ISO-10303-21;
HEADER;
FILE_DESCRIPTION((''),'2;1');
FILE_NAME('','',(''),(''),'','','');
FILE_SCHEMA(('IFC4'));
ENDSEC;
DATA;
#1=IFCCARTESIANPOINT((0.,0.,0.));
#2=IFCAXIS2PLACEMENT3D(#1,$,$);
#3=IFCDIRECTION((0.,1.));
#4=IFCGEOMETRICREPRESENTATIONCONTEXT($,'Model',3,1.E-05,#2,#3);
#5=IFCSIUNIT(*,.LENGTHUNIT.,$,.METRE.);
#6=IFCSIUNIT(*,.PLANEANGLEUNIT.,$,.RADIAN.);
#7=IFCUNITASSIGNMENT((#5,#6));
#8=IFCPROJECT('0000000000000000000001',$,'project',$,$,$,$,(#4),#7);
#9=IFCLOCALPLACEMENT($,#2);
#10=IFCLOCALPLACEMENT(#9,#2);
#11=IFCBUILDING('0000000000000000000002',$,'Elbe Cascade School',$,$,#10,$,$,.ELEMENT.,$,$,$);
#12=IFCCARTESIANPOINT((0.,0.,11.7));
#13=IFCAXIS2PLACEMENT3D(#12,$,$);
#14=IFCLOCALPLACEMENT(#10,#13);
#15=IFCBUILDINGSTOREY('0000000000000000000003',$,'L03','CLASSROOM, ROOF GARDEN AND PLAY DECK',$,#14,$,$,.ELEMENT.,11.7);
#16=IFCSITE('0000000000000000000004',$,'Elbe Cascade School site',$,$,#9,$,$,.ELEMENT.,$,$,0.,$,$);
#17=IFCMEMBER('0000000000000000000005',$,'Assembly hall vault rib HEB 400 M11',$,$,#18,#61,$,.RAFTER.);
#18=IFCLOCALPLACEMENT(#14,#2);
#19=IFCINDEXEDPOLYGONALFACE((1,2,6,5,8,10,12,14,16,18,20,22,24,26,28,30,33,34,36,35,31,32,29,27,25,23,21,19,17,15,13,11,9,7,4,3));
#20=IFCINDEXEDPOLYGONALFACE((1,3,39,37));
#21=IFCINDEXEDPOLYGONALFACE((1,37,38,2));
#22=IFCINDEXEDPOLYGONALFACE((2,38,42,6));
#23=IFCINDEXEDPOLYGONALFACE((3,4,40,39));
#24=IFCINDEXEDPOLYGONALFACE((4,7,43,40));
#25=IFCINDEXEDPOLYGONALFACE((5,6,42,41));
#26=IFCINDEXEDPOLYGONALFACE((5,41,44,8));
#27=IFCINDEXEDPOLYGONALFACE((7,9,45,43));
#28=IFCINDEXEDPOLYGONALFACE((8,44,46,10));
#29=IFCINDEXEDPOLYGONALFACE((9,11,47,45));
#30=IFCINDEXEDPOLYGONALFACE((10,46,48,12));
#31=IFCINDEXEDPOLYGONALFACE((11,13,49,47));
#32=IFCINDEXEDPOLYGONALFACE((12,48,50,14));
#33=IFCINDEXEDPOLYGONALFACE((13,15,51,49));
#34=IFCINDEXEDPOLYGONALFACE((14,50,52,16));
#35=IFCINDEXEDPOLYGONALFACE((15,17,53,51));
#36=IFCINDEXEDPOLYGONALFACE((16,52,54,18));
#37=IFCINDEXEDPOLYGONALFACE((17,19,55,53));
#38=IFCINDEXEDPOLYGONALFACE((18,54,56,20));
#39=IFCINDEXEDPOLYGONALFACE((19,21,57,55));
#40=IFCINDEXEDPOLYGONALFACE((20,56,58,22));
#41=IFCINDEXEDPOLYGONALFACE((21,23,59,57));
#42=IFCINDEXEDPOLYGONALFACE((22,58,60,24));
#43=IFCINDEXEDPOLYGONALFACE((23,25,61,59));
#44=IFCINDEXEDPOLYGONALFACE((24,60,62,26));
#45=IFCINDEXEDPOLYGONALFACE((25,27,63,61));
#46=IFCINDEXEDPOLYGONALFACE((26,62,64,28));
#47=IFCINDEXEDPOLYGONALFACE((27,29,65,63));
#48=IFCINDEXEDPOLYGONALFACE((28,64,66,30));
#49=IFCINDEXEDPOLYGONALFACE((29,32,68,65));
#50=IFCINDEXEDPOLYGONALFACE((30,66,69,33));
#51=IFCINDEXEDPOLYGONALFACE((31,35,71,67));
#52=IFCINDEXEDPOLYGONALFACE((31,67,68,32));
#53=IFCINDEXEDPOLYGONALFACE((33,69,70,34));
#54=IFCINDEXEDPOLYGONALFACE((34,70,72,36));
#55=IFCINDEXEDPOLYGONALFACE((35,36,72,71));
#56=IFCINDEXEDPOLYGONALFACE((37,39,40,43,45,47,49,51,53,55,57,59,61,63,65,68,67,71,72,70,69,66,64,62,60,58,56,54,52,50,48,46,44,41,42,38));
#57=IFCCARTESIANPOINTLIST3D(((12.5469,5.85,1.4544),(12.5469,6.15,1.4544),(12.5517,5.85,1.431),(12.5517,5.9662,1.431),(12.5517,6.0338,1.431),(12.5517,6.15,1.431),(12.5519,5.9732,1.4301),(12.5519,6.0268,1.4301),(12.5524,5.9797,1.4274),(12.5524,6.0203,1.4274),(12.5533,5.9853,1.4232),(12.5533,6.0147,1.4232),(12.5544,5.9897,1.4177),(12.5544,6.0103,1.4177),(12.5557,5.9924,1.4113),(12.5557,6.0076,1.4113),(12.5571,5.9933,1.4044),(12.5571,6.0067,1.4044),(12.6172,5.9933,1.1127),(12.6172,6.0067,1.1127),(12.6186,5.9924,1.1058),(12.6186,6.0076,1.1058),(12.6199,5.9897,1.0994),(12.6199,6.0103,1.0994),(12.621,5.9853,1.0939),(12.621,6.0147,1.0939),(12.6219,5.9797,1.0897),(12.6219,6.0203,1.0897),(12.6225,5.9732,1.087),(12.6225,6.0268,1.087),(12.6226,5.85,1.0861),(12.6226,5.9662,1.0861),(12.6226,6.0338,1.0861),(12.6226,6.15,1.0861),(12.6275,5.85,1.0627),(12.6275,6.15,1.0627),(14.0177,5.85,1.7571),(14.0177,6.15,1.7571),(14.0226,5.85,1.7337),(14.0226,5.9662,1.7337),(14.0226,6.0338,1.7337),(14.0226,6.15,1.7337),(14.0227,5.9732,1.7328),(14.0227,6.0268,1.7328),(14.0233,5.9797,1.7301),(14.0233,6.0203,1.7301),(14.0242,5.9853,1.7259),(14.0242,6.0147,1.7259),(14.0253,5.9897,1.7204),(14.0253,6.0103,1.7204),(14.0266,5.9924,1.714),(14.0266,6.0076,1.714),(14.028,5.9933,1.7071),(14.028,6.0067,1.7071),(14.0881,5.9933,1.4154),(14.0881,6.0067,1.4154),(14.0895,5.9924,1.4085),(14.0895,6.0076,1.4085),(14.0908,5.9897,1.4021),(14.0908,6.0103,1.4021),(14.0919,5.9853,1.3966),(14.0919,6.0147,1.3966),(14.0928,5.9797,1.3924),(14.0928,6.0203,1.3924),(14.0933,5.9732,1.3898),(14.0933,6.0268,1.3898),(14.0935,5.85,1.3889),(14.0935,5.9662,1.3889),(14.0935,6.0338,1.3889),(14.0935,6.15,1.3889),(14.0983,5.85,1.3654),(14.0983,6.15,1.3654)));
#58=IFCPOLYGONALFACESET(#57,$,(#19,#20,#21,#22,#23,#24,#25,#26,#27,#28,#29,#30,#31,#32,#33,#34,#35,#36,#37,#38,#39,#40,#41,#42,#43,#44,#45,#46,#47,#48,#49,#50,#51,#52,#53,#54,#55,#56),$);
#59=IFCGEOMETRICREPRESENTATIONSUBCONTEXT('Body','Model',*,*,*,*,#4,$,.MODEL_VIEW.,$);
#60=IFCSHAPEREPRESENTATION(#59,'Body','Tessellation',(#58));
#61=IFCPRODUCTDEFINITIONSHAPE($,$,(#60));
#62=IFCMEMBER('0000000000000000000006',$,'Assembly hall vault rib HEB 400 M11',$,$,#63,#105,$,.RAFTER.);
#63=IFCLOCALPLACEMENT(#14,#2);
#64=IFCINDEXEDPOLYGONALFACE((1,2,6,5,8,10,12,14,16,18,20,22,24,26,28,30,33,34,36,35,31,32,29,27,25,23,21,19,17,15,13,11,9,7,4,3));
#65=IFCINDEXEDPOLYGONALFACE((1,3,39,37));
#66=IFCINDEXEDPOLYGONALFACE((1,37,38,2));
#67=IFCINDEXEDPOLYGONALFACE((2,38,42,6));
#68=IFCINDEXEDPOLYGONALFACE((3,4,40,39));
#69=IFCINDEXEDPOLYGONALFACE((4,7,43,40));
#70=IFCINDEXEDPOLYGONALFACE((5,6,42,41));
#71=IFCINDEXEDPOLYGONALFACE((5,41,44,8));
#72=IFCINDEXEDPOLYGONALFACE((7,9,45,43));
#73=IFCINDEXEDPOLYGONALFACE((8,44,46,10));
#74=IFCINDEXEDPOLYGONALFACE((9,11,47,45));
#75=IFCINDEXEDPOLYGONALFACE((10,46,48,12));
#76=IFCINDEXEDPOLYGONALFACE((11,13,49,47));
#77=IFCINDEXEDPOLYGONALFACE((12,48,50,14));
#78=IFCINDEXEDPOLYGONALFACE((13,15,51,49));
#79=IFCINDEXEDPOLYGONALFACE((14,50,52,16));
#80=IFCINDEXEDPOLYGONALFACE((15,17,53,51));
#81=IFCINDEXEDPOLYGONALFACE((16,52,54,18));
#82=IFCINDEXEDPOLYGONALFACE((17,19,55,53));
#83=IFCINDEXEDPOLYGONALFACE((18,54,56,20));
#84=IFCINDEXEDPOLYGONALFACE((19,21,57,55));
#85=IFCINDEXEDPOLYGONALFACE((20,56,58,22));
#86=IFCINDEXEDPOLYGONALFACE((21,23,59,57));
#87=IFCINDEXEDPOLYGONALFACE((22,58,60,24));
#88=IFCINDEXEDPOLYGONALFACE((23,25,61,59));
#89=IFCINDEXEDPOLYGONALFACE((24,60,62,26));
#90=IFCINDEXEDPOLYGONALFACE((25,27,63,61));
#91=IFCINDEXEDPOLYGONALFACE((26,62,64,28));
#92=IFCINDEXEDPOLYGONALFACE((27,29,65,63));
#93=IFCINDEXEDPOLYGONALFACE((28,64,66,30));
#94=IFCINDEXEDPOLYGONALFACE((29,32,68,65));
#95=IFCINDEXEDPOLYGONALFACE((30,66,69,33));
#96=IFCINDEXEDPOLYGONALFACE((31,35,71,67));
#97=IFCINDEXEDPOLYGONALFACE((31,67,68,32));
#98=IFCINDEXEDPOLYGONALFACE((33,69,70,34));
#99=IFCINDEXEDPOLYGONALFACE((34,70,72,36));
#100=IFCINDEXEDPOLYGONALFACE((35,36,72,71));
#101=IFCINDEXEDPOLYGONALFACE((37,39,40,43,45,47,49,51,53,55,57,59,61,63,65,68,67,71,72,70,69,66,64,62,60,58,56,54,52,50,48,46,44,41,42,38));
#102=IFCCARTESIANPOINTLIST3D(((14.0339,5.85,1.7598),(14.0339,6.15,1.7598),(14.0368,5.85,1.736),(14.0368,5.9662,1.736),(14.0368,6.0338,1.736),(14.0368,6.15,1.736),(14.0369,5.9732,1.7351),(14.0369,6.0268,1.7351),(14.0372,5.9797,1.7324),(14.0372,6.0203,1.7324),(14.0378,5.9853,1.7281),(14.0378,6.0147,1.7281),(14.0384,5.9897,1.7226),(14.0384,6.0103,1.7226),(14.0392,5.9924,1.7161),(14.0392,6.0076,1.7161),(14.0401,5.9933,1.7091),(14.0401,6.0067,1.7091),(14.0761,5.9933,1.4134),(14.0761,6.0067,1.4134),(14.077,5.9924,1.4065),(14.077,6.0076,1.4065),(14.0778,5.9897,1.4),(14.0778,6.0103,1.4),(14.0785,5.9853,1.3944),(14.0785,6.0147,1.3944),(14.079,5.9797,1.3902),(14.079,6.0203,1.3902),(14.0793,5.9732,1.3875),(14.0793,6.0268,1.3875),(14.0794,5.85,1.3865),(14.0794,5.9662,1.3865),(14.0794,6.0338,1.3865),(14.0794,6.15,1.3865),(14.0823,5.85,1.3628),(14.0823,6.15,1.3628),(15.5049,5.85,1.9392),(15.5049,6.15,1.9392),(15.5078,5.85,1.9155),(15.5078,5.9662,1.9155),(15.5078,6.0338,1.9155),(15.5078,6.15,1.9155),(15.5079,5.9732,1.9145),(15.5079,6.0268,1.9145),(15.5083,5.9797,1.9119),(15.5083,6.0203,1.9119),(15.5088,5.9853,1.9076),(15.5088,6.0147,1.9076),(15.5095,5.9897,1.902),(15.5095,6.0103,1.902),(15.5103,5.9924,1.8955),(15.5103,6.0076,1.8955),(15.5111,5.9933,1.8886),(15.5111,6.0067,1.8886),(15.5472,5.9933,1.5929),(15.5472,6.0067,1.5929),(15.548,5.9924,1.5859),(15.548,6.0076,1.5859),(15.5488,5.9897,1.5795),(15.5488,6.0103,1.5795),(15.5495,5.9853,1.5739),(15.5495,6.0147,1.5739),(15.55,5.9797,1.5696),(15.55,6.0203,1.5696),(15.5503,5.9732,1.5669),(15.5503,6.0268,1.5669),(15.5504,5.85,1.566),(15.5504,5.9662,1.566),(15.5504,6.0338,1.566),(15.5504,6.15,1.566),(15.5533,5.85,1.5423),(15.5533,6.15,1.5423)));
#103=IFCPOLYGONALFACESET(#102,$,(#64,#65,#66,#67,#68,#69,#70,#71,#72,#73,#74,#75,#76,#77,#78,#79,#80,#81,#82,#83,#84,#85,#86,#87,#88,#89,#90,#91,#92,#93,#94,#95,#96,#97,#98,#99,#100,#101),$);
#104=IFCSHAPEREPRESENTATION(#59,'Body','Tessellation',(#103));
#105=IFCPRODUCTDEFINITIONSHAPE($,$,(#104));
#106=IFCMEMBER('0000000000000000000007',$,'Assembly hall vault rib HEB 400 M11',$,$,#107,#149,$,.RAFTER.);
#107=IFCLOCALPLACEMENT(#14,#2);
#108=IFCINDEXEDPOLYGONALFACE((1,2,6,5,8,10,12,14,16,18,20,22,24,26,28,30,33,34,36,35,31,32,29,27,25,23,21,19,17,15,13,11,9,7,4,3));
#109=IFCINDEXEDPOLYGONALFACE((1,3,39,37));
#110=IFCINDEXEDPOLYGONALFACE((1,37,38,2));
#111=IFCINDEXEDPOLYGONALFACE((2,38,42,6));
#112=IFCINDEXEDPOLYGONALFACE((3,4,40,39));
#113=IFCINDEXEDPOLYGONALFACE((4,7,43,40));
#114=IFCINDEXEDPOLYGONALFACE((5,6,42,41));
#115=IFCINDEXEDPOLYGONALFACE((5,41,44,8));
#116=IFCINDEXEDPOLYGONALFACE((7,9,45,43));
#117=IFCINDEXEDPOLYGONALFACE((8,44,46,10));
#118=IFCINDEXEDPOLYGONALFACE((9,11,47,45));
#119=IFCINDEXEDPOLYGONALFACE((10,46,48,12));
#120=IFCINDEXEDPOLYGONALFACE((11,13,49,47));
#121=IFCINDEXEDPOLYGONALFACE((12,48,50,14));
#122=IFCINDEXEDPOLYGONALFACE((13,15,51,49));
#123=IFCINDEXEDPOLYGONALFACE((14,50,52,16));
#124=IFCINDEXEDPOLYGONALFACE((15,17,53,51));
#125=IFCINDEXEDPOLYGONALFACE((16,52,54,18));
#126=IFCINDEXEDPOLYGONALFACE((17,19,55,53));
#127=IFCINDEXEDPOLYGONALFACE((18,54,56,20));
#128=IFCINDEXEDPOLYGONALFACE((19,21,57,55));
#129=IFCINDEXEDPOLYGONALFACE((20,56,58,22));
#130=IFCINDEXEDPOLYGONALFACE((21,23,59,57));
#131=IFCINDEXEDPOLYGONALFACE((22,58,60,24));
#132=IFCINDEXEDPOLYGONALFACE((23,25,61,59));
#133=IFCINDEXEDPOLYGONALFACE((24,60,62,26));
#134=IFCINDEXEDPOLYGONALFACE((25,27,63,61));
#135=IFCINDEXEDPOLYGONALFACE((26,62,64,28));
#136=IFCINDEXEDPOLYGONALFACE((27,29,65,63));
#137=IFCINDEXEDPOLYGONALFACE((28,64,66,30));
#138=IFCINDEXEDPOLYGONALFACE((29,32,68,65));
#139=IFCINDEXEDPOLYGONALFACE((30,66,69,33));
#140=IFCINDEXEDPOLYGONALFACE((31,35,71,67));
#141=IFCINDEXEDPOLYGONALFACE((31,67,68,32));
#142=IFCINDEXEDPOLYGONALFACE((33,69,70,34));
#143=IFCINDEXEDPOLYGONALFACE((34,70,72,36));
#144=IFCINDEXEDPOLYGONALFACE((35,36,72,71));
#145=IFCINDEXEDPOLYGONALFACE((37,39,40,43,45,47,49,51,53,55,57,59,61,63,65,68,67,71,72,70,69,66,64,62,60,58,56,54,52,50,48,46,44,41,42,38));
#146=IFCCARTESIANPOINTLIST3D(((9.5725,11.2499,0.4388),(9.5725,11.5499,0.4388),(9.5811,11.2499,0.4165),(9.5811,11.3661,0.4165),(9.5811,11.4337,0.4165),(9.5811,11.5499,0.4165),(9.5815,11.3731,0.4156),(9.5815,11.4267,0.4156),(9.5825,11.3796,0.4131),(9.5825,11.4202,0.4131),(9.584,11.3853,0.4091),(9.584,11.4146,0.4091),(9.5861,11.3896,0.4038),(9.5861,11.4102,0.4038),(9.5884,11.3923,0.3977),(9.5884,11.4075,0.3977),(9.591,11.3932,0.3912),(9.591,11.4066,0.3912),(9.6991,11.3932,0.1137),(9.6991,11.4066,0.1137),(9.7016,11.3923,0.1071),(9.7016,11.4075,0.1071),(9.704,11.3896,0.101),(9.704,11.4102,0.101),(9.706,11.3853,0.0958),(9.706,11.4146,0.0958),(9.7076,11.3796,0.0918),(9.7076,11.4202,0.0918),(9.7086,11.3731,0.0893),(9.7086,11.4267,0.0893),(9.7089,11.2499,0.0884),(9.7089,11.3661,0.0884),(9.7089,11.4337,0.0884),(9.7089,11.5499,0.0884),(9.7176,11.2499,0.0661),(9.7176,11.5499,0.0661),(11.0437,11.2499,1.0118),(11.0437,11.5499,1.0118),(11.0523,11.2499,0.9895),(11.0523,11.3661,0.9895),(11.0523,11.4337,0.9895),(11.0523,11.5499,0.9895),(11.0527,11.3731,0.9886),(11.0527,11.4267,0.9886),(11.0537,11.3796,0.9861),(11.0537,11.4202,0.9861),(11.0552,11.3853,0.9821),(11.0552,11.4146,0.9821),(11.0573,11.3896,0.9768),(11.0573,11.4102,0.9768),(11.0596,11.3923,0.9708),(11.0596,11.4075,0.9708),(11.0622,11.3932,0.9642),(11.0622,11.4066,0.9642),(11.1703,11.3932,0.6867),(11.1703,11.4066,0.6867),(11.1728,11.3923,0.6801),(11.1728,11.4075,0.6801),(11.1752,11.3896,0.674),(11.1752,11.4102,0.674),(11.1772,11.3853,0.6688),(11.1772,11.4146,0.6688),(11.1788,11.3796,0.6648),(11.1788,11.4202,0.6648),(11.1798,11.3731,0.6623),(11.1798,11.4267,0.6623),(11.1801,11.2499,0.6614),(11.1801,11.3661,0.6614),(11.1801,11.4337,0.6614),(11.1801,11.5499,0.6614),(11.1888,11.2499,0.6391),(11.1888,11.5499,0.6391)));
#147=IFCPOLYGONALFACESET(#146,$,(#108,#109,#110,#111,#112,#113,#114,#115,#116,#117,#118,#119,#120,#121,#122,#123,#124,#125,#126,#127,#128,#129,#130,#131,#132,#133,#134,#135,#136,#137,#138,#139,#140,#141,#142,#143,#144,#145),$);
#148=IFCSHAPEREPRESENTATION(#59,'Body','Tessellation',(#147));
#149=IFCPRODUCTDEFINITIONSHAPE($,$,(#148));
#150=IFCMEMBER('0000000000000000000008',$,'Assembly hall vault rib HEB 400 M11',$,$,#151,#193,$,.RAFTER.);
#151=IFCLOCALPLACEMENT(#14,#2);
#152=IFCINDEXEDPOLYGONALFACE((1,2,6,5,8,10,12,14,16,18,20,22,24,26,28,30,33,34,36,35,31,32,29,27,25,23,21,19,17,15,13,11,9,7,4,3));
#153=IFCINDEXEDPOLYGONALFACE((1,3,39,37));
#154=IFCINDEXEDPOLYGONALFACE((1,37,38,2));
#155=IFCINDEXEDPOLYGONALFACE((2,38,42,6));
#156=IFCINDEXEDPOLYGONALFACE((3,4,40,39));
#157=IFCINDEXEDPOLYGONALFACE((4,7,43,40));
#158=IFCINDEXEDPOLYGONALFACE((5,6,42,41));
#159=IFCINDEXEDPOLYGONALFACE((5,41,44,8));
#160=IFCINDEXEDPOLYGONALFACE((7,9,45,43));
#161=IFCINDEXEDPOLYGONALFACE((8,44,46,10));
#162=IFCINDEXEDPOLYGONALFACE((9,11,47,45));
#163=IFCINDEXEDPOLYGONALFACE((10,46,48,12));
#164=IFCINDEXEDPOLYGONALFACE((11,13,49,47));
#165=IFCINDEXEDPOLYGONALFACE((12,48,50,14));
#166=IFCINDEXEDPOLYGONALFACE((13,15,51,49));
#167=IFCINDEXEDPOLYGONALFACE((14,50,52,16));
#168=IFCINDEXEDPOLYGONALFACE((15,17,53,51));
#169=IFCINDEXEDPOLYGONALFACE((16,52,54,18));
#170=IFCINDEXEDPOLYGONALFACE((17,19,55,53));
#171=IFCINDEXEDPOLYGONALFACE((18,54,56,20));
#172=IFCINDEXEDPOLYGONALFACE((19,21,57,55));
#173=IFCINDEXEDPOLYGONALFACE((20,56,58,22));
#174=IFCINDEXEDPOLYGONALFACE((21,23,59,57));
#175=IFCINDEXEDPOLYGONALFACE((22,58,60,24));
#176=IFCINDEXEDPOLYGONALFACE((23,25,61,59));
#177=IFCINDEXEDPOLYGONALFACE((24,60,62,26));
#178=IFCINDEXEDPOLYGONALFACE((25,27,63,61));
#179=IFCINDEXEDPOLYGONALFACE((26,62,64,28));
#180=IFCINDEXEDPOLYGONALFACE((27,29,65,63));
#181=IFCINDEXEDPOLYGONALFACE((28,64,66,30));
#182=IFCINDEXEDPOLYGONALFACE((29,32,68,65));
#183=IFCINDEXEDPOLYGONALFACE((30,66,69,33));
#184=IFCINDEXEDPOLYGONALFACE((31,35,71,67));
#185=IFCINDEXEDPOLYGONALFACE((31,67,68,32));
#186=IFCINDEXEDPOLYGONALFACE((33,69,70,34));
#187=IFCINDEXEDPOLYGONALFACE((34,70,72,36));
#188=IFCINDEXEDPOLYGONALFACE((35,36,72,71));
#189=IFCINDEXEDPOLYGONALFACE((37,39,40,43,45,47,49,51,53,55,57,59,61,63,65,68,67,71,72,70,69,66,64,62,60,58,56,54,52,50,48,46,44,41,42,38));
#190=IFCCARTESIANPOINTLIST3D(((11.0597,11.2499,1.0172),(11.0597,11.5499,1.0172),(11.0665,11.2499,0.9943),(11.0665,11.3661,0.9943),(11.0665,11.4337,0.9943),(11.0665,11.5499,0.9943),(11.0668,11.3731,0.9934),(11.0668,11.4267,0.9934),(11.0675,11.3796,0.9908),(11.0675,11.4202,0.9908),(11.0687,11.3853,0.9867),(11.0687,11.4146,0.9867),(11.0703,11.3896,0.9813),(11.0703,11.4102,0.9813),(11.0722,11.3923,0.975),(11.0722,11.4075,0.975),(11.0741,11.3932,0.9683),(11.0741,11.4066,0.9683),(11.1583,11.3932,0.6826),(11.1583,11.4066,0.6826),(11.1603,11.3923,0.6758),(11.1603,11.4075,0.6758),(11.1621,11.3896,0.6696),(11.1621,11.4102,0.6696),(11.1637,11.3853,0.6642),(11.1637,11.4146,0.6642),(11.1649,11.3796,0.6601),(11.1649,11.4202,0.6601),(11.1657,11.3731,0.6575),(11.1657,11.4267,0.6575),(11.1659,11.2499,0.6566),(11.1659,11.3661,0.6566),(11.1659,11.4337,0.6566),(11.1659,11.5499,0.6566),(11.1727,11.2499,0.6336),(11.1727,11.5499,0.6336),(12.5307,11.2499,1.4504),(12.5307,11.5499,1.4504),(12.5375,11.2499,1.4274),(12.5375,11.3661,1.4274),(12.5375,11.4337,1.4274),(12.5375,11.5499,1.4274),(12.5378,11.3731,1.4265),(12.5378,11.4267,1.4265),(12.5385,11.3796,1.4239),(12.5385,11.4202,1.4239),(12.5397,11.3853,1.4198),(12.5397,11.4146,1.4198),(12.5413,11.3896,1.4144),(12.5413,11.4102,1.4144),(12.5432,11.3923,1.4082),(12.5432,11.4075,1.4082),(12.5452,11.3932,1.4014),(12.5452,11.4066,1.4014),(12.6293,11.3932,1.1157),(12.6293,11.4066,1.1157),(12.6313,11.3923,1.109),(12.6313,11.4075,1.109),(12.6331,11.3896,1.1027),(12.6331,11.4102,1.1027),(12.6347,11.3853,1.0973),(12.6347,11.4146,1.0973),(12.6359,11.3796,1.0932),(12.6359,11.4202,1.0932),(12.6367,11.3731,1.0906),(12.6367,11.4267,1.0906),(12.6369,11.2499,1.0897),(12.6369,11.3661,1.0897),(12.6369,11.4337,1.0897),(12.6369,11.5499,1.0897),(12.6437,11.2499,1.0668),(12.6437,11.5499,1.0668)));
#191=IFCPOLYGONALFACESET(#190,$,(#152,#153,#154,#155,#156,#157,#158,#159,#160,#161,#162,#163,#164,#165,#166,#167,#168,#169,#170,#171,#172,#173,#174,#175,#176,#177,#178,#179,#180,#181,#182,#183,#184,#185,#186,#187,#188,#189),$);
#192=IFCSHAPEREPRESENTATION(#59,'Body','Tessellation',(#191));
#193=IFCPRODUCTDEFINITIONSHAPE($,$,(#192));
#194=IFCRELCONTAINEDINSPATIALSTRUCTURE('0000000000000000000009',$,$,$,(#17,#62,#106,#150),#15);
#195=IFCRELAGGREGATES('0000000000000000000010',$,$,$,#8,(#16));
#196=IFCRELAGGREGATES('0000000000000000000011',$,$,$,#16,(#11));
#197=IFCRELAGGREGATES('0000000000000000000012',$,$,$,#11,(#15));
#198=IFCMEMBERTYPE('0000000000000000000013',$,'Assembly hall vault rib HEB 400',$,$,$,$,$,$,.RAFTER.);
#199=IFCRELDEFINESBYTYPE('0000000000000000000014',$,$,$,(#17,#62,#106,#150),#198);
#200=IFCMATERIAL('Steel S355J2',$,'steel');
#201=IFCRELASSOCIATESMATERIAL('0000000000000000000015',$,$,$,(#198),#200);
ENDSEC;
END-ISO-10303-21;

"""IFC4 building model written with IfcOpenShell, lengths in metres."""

from ifc_helpers import new_model, si_unit, direction, frame, origin, origin_2d, place, context, subcontext, project, spatial, i_section, extrude, material, material_profile, profile_set, type_object, element, save


model = new_model("IFC4")

# Units and contexts
model_context = context("Model", 3, precision=1e-05, world=origin(), true_north=direction((0.0, 1.0)))
body_context = subcontext(model_context, "Body", "Model", "MODEL_VIEW")
ifc_project = project(units=[si_unit("LENGTHUNIT", "METRE"), si_unit("PLANEANGLEUNIT", "RADIAN")], contexts=[model_context])

# Site, building, storey
site_placement = place(None, origin())
site = spatial("IfcSite", under=ifc_project, at=site_placement, Name="Elbe Cascade School site", CompositionType="ELEMENT", RefElevation=0.0)
building_placement = place(site_placement, origin())
building = spatial("IfcBuilding", under=site, at=building_placement, Name="Elbe Cascade School", CompositionType="ELEMENT")
storey_placement = place(building_placement, frame((0.0, 0.0, 11.7)))
storey = spatial("IfcBuildingStorey", under=building, at=storey_placement, Name="L03", Description="CLASSROOM, ROOF GARDEN AND PLAY DECK", CompositionType="ELEMENT", Elevation=11.7)

# Members
ifc_material_1 = material(Name="Steel S355J2", Category="steel")
ifc_material_profile_1 = material_profile(ifc_material_1, i_section(OverallWidth=0.3, OverallDepth=0.3999, WebThickness=0.0134, FlangeThickness=0.0239, FilletRadius=0.0271, at=origin_2d()), Name="HEB 400")
ifc_profile_set_1 = profile_set([ifc_material_profile_1], Name="Steel S355J2")
member_type_1 = type_object("IfcMemberType", Name="Assembly hall vault rib HEB 400", PredefinedType="RAFTER", material=ifc_profile_set_1)
member_1_placement = place(storey_placement, frame((12.5872, 6.0, 1.2585), z_axis=(0.979471, 0.0, 0.201584), x_axis=(0.0, 1.0, 0.0)))
element("IfcMember", 1, at=member_1_placement, inside=storey, type_object=member_type_1, Name="Assembly hall vault rib HEB 400 M11", PredefinedType="RAFTER", context=body_context, shape_type="SweptSolid", body=[
    extrude(i_section(OverallWidth=0.3, OverallDepth=0.3999, WebThickness=0.0134, FlangeThickness=0.0239, FilletRadius=0.0271, at=origin_2d()), origin(), (0.0, 0.0, 1.0), 1.5017),
])
member_2_placement = place(storey_placement, frame((14.0581, 6.0, 1.5613), z_axis=(0.992641, 0.0, 0.121094), x_axis=(0.0, 1.0, 0.0)))
element("IfcMember", 2, at=member_2_placement, inside=storey, type_object=member_type_1, Name="Assembly hall vault rib HEB 400 M11", PredefinedType="RAFTER", context=body_context, shape_type="SweptSolid", body=[
    extrude(i_section(OverallWidth=0.3, OverallDepth=0.3999, WebThickness=0.0134, FlangeThickness=0.0239, FilletRadius=0.0271, at=origin_2d()), origin(), (0.0, 0.0, 1.0), 1.4819),
])
member_3_placement = place(storey_placement, frame((9.645, 11.3999, 0.2524), z_axis=(0.931819, 0.0, 0.362924), x_axis=(0.0, 1.0, 0.0)))
element("IfcMember", 3, at=member_3_placement, inside=storey, type_object=member_type_1, Name="Assembly hall vault rib HEB 400 M11", PredefinedType="RAFTER", context=body_context, shape_type="SweptSolid", body=[
    extrude(i_section(OverallWidth=0.3, OverallDepth=0.3999, WebThickness=0.0134, FlangeThickness=0.0239, FilletRadius=0.0271, at=origin_2d()), origin(), (0.0, 0.0, 1.0), 1.5789),
])
member_4_placement = place(storey_placement, frame((11.1162, 11.3999, 0.8254), z_axis=(0.959282, 0.0, 0.282451), x_axis=(0.0, 1.0, 0.0)))
element("IfcMember", 4, at=member_4_placement, inside=storey, type_object=member_type_1, Name="Assembly hall vault rib HEB 400 M11", PredefinedType="RAFTER", context=body_context, shape_type="SweptSolid", body=[
    extrude(i_section(OverallWidth=0.3, OverallDepth=0.3999, WebThickness=0.0134, FlangeThickness=0.0239, FilletRadius=0.0271, at=origin_2d()), origin(), (0.0, 0.0, 1.0), 1.5334),
])

save(model, "model.ifc")
